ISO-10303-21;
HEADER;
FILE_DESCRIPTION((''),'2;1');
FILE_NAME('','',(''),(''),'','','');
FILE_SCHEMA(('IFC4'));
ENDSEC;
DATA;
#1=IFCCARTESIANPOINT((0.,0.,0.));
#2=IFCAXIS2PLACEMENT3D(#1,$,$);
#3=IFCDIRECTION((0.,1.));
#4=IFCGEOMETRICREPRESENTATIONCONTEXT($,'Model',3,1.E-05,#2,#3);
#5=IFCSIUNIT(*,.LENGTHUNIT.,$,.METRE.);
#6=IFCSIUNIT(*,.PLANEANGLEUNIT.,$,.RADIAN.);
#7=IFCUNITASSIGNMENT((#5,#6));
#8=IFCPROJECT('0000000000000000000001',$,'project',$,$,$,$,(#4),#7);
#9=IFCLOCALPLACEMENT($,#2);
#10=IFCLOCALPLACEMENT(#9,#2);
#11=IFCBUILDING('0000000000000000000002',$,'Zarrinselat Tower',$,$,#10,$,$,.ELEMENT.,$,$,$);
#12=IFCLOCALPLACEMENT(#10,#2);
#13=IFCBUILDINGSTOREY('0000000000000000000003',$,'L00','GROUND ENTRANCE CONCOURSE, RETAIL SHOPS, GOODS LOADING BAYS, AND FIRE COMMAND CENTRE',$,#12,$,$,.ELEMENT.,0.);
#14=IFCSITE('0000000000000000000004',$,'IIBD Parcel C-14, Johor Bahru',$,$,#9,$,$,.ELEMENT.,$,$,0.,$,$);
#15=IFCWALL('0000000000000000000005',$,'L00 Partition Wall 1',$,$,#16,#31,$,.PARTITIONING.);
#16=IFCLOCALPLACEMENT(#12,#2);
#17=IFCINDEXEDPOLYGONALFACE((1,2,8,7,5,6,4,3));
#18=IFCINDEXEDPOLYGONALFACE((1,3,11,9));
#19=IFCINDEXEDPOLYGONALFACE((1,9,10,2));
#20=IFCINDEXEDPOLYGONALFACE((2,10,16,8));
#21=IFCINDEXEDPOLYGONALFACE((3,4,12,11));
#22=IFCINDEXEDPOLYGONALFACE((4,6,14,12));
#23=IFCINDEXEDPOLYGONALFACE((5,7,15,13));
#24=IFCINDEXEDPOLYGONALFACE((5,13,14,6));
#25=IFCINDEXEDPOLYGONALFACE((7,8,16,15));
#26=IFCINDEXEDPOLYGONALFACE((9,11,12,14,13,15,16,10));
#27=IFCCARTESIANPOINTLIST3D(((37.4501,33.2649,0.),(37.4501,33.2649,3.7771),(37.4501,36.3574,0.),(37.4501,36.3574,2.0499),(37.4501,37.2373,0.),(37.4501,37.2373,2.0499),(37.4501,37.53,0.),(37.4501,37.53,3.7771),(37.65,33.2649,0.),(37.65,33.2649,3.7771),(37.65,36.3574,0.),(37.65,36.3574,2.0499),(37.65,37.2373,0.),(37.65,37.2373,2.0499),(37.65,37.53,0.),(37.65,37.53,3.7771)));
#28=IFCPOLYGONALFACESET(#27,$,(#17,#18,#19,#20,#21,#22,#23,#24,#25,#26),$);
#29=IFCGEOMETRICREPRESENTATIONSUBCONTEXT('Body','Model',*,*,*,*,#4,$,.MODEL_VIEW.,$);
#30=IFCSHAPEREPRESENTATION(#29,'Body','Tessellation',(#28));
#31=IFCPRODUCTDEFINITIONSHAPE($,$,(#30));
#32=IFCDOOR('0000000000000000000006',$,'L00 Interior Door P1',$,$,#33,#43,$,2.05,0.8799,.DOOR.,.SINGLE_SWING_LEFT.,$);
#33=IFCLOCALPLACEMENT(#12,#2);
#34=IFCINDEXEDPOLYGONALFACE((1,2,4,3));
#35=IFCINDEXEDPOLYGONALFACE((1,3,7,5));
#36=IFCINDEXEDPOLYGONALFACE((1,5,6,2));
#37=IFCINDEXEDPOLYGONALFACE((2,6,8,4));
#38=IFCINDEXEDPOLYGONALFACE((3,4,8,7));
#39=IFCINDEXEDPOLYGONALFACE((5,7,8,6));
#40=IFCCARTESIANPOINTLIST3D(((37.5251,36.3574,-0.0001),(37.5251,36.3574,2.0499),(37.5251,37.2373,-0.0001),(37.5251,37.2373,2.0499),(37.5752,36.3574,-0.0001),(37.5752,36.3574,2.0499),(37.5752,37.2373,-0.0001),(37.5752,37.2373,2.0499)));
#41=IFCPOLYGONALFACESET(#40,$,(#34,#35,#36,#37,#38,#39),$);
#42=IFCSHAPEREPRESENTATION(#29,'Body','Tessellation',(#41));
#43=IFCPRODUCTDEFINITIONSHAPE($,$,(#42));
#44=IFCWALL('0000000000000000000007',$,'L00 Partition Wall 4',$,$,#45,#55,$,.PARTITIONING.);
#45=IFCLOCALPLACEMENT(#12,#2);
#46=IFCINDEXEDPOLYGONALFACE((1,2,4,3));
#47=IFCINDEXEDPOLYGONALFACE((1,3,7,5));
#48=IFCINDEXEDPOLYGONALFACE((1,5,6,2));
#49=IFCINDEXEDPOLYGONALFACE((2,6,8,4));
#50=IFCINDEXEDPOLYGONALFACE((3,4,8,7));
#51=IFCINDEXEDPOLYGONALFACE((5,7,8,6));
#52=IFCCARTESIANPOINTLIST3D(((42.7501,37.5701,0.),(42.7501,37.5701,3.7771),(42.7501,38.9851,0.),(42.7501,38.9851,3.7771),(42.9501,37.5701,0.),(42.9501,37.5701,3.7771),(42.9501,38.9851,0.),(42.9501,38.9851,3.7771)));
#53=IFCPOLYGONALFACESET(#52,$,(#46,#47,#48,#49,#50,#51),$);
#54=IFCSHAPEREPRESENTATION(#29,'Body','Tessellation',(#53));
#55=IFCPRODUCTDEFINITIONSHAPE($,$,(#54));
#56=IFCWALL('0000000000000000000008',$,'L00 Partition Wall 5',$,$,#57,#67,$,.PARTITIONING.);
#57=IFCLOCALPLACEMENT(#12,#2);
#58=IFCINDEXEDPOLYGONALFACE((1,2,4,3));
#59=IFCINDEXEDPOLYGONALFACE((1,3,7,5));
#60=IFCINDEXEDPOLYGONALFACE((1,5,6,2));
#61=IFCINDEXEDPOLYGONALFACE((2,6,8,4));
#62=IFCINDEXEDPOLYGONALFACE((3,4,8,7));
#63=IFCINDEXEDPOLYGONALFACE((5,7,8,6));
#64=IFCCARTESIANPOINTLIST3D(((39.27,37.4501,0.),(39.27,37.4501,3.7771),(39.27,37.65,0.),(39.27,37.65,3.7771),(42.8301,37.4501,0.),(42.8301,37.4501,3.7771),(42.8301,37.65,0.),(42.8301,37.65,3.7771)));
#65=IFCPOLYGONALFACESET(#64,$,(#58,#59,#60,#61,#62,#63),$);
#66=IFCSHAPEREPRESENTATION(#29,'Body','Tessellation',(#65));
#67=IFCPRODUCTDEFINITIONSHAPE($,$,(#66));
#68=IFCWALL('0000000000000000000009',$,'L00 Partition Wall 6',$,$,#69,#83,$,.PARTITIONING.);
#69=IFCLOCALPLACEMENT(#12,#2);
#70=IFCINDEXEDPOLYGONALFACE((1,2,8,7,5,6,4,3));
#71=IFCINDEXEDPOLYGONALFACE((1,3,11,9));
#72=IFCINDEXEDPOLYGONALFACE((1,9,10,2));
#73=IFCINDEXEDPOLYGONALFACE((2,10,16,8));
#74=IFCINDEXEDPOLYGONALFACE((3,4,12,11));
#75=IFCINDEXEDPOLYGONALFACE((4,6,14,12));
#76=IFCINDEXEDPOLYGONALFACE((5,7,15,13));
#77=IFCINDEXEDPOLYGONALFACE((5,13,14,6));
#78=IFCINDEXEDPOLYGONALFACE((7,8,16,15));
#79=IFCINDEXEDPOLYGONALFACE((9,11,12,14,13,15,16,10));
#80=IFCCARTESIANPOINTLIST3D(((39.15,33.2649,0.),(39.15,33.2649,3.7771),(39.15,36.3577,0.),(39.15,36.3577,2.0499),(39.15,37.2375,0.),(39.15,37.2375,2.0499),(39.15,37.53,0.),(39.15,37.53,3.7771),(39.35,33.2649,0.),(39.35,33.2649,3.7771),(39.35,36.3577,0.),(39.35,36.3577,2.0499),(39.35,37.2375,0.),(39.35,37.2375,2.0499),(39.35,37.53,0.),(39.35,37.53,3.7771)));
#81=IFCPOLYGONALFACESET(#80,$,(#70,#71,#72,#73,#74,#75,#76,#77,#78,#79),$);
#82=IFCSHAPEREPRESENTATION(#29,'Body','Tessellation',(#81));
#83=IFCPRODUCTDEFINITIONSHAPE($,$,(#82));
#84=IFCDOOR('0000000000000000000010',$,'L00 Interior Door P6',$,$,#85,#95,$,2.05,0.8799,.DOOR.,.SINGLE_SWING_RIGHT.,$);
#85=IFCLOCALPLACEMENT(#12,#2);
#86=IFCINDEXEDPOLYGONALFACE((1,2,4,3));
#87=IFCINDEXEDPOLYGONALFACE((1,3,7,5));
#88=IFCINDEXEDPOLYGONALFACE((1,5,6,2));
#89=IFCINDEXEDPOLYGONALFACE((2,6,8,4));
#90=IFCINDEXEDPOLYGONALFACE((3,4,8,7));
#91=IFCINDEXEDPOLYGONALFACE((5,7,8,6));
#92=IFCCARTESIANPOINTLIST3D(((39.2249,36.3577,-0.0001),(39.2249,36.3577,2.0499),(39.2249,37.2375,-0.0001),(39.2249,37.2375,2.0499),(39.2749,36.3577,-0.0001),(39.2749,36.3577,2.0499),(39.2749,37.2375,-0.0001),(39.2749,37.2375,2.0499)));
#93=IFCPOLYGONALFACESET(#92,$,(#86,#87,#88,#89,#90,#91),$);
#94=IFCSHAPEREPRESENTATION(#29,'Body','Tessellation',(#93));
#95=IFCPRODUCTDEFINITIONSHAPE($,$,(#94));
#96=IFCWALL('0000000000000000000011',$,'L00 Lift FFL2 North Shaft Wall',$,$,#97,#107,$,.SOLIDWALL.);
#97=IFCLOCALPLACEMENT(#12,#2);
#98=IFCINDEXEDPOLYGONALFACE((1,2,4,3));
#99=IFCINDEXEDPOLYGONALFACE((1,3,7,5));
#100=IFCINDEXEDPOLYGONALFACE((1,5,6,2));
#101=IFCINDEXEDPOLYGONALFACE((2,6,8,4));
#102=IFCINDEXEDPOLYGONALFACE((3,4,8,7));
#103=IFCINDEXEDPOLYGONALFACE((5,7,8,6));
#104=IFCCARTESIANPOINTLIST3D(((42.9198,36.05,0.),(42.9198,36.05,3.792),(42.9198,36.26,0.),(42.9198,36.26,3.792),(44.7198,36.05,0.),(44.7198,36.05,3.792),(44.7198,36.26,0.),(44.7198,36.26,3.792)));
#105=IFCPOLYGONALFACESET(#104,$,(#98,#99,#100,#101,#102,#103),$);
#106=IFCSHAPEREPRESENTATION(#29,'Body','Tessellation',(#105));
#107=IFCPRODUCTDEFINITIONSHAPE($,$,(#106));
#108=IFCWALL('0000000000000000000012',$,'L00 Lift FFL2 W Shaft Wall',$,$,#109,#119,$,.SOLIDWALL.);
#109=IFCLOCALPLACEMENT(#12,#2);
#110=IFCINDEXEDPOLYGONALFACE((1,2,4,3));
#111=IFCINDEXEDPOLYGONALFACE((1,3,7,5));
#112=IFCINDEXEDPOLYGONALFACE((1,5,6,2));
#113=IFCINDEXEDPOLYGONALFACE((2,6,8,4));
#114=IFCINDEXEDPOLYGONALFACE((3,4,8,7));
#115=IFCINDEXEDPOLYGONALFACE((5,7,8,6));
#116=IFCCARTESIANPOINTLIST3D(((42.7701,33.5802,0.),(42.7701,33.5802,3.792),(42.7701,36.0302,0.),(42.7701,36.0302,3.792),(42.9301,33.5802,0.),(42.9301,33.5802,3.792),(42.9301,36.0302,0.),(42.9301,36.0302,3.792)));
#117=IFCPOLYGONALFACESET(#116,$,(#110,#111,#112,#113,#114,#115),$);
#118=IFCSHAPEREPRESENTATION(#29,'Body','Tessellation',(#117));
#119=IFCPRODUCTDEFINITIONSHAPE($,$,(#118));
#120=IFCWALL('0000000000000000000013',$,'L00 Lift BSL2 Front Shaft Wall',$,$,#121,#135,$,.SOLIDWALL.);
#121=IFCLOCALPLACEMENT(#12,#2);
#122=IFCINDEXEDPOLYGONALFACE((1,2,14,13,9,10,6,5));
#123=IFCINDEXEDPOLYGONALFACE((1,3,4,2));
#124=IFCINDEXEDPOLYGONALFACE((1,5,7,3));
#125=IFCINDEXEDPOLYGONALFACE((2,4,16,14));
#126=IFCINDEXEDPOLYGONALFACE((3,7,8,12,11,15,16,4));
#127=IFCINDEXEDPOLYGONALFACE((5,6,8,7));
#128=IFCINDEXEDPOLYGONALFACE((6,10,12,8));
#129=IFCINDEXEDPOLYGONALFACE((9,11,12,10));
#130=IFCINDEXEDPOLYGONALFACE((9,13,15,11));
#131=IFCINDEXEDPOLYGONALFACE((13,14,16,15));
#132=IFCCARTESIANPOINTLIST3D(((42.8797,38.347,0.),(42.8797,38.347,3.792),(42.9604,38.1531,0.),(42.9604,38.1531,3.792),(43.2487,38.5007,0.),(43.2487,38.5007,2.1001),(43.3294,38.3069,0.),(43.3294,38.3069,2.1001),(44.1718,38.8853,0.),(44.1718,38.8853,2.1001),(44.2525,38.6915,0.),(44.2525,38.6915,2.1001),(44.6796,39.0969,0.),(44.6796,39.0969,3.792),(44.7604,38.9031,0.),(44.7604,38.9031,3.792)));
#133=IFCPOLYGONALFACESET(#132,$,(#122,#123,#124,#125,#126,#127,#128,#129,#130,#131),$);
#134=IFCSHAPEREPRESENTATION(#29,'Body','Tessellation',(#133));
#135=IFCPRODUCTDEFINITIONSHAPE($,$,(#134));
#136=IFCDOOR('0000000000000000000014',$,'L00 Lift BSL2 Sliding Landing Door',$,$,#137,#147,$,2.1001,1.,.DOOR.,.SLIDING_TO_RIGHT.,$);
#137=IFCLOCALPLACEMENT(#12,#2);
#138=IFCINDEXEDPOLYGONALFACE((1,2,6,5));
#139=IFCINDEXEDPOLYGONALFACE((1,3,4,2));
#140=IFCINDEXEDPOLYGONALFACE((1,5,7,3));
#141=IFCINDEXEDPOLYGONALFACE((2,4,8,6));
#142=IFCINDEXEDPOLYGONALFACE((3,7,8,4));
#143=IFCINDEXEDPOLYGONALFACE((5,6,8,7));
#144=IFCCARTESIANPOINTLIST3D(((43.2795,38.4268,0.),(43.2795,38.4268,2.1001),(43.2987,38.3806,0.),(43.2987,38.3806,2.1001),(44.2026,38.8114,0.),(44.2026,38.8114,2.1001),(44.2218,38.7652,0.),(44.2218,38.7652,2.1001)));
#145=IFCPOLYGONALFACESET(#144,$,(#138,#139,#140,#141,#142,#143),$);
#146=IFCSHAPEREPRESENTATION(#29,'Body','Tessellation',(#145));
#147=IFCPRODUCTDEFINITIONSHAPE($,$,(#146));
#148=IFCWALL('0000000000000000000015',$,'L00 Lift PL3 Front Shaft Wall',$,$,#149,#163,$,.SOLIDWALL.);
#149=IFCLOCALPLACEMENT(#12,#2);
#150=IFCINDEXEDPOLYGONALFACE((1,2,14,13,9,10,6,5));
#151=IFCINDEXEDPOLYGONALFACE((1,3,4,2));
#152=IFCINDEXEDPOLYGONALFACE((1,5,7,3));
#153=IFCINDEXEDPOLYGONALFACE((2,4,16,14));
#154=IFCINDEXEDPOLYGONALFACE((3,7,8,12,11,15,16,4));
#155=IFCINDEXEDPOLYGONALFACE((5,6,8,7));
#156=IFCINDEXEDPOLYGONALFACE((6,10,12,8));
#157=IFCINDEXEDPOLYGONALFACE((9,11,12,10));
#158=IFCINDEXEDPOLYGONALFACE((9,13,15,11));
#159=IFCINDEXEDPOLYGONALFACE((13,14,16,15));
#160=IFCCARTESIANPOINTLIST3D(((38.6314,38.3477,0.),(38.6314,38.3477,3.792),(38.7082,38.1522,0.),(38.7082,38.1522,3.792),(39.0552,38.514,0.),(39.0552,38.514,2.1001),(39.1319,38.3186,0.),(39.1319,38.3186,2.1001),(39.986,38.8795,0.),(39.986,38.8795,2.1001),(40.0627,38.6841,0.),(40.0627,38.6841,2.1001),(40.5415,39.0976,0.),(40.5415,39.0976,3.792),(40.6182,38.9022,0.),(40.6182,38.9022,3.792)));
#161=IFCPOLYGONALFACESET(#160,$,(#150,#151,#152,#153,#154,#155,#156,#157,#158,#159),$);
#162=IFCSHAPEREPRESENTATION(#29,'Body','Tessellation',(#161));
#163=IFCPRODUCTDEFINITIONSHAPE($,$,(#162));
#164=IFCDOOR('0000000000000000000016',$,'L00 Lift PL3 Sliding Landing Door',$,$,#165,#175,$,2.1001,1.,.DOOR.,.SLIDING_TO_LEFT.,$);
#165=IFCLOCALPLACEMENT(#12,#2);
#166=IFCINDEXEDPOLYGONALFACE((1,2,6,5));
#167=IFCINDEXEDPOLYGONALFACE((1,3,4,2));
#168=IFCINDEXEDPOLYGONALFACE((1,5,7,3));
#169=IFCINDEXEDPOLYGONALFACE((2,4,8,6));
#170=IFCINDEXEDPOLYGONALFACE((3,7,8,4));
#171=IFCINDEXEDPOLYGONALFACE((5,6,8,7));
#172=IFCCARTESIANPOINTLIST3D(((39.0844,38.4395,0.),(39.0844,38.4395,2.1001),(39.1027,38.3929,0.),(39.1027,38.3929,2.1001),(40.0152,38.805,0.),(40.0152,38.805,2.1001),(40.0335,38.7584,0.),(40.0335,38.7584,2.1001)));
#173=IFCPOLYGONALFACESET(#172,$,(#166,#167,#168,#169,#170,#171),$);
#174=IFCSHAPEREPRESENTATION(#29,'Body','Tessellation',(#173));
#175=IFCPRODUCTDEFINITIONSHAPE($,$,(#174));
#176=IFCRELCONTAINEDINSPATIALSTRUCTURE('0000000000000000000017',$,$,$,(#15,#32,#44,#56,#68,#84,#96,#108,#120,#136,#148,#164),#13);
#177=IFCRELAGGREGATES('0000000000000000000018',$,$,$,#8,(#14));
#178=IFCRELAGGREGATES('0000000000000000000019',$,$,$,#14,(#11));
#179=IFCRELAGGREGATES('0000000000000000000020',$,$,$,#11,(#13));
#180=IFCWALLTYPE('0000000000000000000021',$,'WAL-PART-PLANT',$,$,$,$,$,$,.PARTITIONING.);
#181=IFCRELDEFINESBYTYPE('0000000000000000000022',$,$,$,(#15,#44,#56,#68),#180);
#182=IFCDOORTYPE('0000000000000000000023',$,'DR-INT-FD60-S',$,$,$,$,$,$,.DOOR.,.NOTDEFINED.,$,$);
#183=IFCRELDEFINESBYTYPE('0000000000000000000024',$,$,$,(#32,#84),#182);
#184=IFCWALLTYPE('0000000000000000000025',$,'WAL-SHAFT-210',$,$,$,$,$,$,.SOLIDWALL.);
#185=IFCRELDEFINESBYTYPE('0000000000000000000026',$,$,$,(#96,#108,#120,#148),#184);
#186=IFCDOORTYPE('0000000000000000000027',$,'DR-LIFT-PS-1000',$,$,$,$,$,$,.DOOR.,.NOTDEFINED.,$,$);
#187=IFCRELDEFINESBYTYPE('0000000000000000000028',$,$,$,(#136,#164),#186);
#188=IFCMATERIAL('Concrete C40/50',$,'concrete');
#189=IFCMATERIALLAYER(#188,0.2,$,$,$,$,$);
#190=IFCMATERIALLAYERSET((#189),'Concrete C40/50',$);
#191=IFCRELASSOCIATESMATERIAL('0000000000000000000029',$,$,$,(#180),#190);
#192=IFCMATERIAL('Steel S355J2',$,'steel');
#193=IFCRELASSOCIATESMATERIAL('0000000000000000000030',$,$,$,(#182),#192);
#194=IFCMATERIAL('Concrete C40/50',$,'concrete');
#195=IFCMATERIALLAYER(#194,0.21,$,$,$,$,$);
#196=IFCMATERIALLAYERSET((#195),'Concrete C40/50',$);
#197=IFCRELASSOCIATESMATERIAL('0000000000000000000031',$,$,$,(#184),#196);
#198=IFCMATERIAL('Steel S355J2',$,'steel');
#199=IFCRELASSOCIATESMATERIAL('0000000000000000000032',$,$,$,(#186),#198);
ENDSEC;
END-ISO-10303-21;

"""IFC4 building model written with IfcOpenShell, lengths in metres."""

from ifc_helpers import new_model, si_unit, direction, frame, frame_2d, origin, place, context, subcontext, project, spatial, rectangle, extrude, material, layer, layer_set, type_object, element, fill, save


model = new_model("IFC4")

# Units and contexts
model_context = context("Model", 3, precision=1e-05, world=origin(), true_north=direction((0.0, 1.0)))
body_context = subcontext(model_context, "Body", "Model", "MODEL_VIEW")
ifc_project = project(units=[si_unit("LENGTHUNIT", "METRE"), si_unit("PLANEANGLEUNIT", "RADIAN")], contexts=[model_context])

# Site, building, storey
site_placement = place(None, origin())
site = spatial("IfcSite", under=ifc_project, at=site_placement, Name="IIBD Parcel C-14, Johor Bahru", CompositionType="ELEMENT", RefElevation=0.0)
building_placement = place(site_placement, origin())
building = spatial("IfcBuilding", under=site, at=building_placement, Name="Zarrinselat Tower", CompositionType="ELEMENT")
storey_placement = place(building_placement, origin())
storey = spatial("IfcBuildingStorey", under=building, at=storey_placement, Name="L00", Description="GROUND ENTRANCE CONCOURSE, RETAIL SHOPS, GOODS LOADING BAYS, AND FIRE COMMAND CENTRE", CompositionType="ELEMENT", Elevation=0.0)

# Wall, opening, door
ifc_material_1 = material(Name="Concrete C40/50", Category="concrete")
ifc_layer_1 = layer(ifc_material_1, 0.2)
ifc_layer_set_1 = layer_set([ifc_layer_1], Name="Concrete C40/50")
wall_type_1 = type_object("IfcWallType", Name="WAL-PART-PLANT", PredefinedType="PARTITIONING", material=ifc_layer_set_1)
wall_1_placement = place(storey_placement, frame((37.55, 33.2649, 0.0), z_axis=(0.0, 0.0, 1.0), x_axis=(0.0, 1.0, 0.0)))
wall_1 = element("IfcWall", 1, at=wall_1_placement, inside=storey, type_object=wall_type_1, Name="L00 Partition Wall 1", PredefinedType="PARTITIONING", context=body_context, shape_type="SweptSolid", body=[
    extrude(rectangle(XDim=4.2651, YDim=0.2, at=frame_2d((2.1326, 0.0))), origin(), (0.0, 0.0, 1.0), 3.7771),
])
opening_1_placement = place(wall_1_placement, frame((3.0925, 0.0, 0.0)))
opening_1 = element("IfcOpeningElement", 2, at=opening_1_placement, cuts=wall_1, PredefinedType="OPENING", context=body_context, shape_type="SweptSolid", body=[
    extrude(rectangle(XDim=0.8799, YDim=2.05, at=frame_2d((0.4399, 1.0249))), frame((0.0, 0.1099, 0.0), z_axis=(0.0, -1.0, 0.0), x_axis=(1.0, 0.0, 0.0)), (0.0, 0.0, 1.0), 0.22),
])
ifc_material_2 = material(Name="Steel S355J2", Category="steel")
door_type_1 = type_object("IfcDoorType", Name="DR-INT-FD60-S", OperationType="NOTDEFINED", PredefinedType="DOOR", material=ifc_material_2)
door_1_placement = place(opening_1_placement, origin())
door_1 = element("IfcDoor", 3, at=door_1_placement, inside=storey, type_object=door_type_1, Name="L00 Interior Door P1", OperationType="SINGLE_SWING_LEFT", OverallHeight=2.05, OverallWidth=0.8799, PredefinedType="DOOR", context=body_context, shape_type="SweptSolid", body=[
    extrude(rectangle(XDim=0.8799, YDim=2.05, at=frame_2d((0.4399, 1.0249))), frame((0.0, 0.0249, 0.0), z_axis=(0.0, -1.0, 0.0), x_axis=(1.0, 0.0, 0.0)), (0.0, 0.0, 1.0), 0.05),
])
fill(opening_1, door_1)

# Walls
wall_2_placement = place(storey_placement, frame((42.8501, 37.5701, 0.0), z_axis=(0.0, 0.0, 1.0), x_axis=(0.0, 1.0, 0.0)))
element("IfcWall", 4, at=wall_2_placement, inside=storey, type_object=wall_type_1, Name="L00 Partition Wall 4", PredefinedType="PARTITIONING", context=body_context, shape_type="SweptSolid", body=[
    extrude(rectangle(XDim=1.415, YDim=0.2, at=frame_2d((0.7075, 0.0))), origin(), (0.0, 0.0, 1.0), 3.7771),
])
wall_3_placement = place(storey_placement, frame((39.27, 37.55, 0.0), z_axis=(0.0, 0.0, 1.0), x_axis=(1.0, 0.0, 0.0)))
element("IfcWall", 5, at=wall_3_placement, inside=storey, type_object=wall_type_1, Name="L00 Partition Wall 5", PredefinedType="PARTITIONING", context=body_context, shape_type="SweptSolid", body=[
    extrude(rectangle(XDim=3.5601, YDim=0.2, at=frame_2d((1.78, 0.0))), origin(), (0.0, 0.0, 1.0), 3.7771),
])

# Wall, opening, door
wall_4_placement = place(storey_placement, frame((39.25, 37.53, 0.0), z_axis=(0.0, 0.0, 1.0), x_axis=(0.0, -1.0, 0.0)))
wall_4 = element("IfcWall", 6, at=wall_4_placement, inside=storey, type_object=wall_type_1, Name="L00 Partition Wall 6", PredefinedType="PARTITIONING", context=body_context, shape_type="SweptSolid", body=[
    extrude(rectangle(XDim=4.2651, YDim=0.2, at=frame_2d((2.1326, 0.0))), origin(), (0.0, 0.0, 1.0), 3.7771),
])
opening_2_placement = place(wall_4_placement, frame((0.2925, 0.0, 0.0)))
opening_2 = element("IfcOpeningElement", 7, at=opening_2_placement, cuts=wall_4, PredefinedType="OPENING", context=body_context, shape_type="SweptSolid", body=[
    extrude(rectangle(XDim=0.8799, YDim=2.05, at=frame_2d((0.4399, 1.0249))), frame((0.0, 0.1099, 0.0), z_axis=(0.0, -1.0, 0.0), x_axis=(1.0, 0.0, 0.0)), (0.0, 0.0, 1.0), 0.22),
])
door_2_placement = place(opening_2_placement, origin())
door_2 = element("IfcDoor", 8, at=door_2_placement, inside=storey, type_object=door_type_1, Name="L00 Interior Door P6", OperationType="SINGLE_SWING_RIGHT", OverallHeight=2.05, OverallWidth=0.8799, PredefinedType="DOOR", context=body_context, shape_type="SweptSolid", body=[
    extrude(rectangle(XDim=0.8799, YDim=2.05, at=frame_2d((0.4399, 1.0249))), frame((0.0, 0.0249, 0.0), z_axis=(0.0, -1.0, 0.0), x_axis=(1.0, 0.0, 0.0)), (0.0, 0.0, 1.0), 0.05),
])
fill(opening_2, door_2)

# Walls
ifc_material_3 = material(Name="Concrete C40/50", Category="concrete")
ifc_layer_2 = layer(ifc_material_3, 0.21)
ifc_layer_set_2 = layer_set([ifc_layer_2], Name="Concrete C40/50")
wall_type_2 = type_object("IfcWallType", Name="WAL-SHAFT-210", PredefinedType="SOLIDWALL", material=ifc_layer_set_2)
wall_5_placement = place(storey_placement, frame((42.9199, 36.155, 0.0), z_axis=(0.0, 0.0, 1.0), x_axis=(1.0, 0.0, 0.0)))
element("IfcWall", 9, at=wall_5_placement, inside=storey, type_object=wall_type_2, Name="L00 Lift FFL2 North Shaft Wall", PredefinedType="SOLIDWALL", context=body_context, shape_type="SweptSolid", body=[
    extrude(rectangle(XDim=1.8, YDim=0.21, at=frame_2d((0.8999, 0.0))), origin(), (0.0, 0.0, 1.0), 3.792),
])
wall_6_placement = place(storey_placement, frame((42.8501, 33.5801, 0.0), z_axis=(0.0, 0.0, 1.0), x_axis=(0.0, 1.0, 0.0)))
element("IfcWall", 10, at=wall_6_placement, inside=storey, type_object=wall_type_2, Name="L00 Lift FFL2 W Shaft Wall", PredefinedType="SOLIDWALL", context=body_context, shape_type="SweptSolid", body=[
    extrude(rectangle(XDim=2.45, YDim=0.1599, at=frame_2d((1.2251, 0.0))), origin(), (0.0, 0.0, 1.0), 3.792),
])

# Walls, openings, doors
wall_7_placement = place(storey_placement, frame((42.9199, 38.25, 0.0), z_axis=(0.0, 0.0, 1.0), x_axis=(0.923081, 0.384606, 0.0)))
wall_7 = element("IfcWall", 11, at=wall_7_placement, inside=storey, type_object=wall_type_2, Name="L00 Lift BSL2 Front Shaft Wall", PredefinedType="SOLIDWALL", context=body_context, shape_type="SweptSolid", body=[
    extrude(rectangle(XDim=1.95, YDim=0.21, at=frame_2d((0.9751, 0.0))), origin(), (0.0, 0.0, 1.0), 3.792),
])
opening_3_placement = place(wall_7_placement, frame((0.3999, 0.0, 0.0)))
opening_3 = element("IfcOpeningElement", 12, at=opening_3_placement, cuts=wall_7, PredefinedType="OPENING", context=body_context, shape_type="SweptSolid", body=[
    extrude(rectangle(XDim=1.0, YDim=2.1001, at=frame_2d((0.5, 1.05))), frame((0.0, 0.115, 0.0), z_axis=(0.0, -1.0, 0.0), x_axis=(1.0, 0.0, 0.0)), (0.0, 0.0, 1.0), 0.23),
])
ifc_material_4 = material(Name="Steel S355J2", Category="steel")
door_type_2 = type_object("IfcDoorType", Name="DR-LIFT-PS-1000", OperationType="NOTDEFINED", PredefinedType="DOOR", material=ifc_material_4)
door_3_placement = place(opening_3_placement, origin())
door_3 = element("IfcDoor", 13, at=door_3_placement, inside=storey, type_object=door_type_2, Name="L00 Lift BSL2 Sliding Landing Door", OperationType="SLIDING_TO_RIGHT", OverallHeight=2.1001, OverallWidth=1.0, PredefinedType="DOOR", context=body_context, shape_type="SweptSolid", body=[
    extrude(rectangle(XDim=1.0, YDim=2.1001, at=frame_2d((0.5, 1.05))), frame((0.0, 0.0249, 0.0), z_axis=(0.0, -1.0, 0.0), x_axis=(1.0, 0.0, 0.0)), (0.0, 0.0, 1.0), 0.05),
])
fill(opening_3, door_3)
wall_8_placement = place(storey_placement, frame((38.6699, 38.25, 0.0), z_axis=(0.0, 0.0, 1.0), x_axis=(0.930821, 0.365476, 0.0)))
wall_8 = element("IfcWall", 14, at=wall_8_placement, inside=storey, type_object=wall_type_2, Name="L00 Lift PL3 Front Shaft Wall", PredefinedType="SOLIDWALL", context=body_context, shape_type="SweptSolid", body=[
    extrude(rectangle(XDim=2.052, YDim=0.21, at=frame_2d((1.0259, 0.0))), origin(), (0.0, 0.0, 1.0), 3.792),
])
opening_4_placement = place(wall_8_placement, frame((0.4551, 0.0, 0.0)))
opening_4 = element("IfcOpeningElement", 15, at=opening_4_placement, cuts=wall_8, PredefinedType="OPENING", context=body_context, shape_type="SweptSolid", body=[
    extrude(rectangle(XDim=1.0, YDim=2.1001, at=frame_2d((0.5, 1.05))), frame((0.0, 0.115, 0.0), z_axis=(0.0, -1.0, 0.0), x_axis=(1.0, 0.0, 0.0)), (0.0, 0.0, 1.0), 0.23),
])
door_4_placement = place(opening_4_placement, origin())
door_4 = element("IfcDoor", 16, at=door_4_placement, inside=storey, type_object=door_type_2, Name="L00 Lift PL3 Sliding Landing Door", OperationType="SLIDING_TO_LEFT", OverallHeight=2.1001, OverallWidth=1.0, PredefinedType="DOOR", context=body_context, shape_type="SweptSolid", body=[
    extrude(rectangle(XDim=1.0, YDim=2.1001, at=frame_2d((0.5, 1.05))), frame((0.0, 0.0249, 0.0), z_axis=(0.0, -1.0, 0.0), x_axis=(1.0, 0.0, 0.0)), (0.0, 0.0, 1.0), 0.05),
])
fill(opening_4, door_4)

save(model, "model.ifc")
